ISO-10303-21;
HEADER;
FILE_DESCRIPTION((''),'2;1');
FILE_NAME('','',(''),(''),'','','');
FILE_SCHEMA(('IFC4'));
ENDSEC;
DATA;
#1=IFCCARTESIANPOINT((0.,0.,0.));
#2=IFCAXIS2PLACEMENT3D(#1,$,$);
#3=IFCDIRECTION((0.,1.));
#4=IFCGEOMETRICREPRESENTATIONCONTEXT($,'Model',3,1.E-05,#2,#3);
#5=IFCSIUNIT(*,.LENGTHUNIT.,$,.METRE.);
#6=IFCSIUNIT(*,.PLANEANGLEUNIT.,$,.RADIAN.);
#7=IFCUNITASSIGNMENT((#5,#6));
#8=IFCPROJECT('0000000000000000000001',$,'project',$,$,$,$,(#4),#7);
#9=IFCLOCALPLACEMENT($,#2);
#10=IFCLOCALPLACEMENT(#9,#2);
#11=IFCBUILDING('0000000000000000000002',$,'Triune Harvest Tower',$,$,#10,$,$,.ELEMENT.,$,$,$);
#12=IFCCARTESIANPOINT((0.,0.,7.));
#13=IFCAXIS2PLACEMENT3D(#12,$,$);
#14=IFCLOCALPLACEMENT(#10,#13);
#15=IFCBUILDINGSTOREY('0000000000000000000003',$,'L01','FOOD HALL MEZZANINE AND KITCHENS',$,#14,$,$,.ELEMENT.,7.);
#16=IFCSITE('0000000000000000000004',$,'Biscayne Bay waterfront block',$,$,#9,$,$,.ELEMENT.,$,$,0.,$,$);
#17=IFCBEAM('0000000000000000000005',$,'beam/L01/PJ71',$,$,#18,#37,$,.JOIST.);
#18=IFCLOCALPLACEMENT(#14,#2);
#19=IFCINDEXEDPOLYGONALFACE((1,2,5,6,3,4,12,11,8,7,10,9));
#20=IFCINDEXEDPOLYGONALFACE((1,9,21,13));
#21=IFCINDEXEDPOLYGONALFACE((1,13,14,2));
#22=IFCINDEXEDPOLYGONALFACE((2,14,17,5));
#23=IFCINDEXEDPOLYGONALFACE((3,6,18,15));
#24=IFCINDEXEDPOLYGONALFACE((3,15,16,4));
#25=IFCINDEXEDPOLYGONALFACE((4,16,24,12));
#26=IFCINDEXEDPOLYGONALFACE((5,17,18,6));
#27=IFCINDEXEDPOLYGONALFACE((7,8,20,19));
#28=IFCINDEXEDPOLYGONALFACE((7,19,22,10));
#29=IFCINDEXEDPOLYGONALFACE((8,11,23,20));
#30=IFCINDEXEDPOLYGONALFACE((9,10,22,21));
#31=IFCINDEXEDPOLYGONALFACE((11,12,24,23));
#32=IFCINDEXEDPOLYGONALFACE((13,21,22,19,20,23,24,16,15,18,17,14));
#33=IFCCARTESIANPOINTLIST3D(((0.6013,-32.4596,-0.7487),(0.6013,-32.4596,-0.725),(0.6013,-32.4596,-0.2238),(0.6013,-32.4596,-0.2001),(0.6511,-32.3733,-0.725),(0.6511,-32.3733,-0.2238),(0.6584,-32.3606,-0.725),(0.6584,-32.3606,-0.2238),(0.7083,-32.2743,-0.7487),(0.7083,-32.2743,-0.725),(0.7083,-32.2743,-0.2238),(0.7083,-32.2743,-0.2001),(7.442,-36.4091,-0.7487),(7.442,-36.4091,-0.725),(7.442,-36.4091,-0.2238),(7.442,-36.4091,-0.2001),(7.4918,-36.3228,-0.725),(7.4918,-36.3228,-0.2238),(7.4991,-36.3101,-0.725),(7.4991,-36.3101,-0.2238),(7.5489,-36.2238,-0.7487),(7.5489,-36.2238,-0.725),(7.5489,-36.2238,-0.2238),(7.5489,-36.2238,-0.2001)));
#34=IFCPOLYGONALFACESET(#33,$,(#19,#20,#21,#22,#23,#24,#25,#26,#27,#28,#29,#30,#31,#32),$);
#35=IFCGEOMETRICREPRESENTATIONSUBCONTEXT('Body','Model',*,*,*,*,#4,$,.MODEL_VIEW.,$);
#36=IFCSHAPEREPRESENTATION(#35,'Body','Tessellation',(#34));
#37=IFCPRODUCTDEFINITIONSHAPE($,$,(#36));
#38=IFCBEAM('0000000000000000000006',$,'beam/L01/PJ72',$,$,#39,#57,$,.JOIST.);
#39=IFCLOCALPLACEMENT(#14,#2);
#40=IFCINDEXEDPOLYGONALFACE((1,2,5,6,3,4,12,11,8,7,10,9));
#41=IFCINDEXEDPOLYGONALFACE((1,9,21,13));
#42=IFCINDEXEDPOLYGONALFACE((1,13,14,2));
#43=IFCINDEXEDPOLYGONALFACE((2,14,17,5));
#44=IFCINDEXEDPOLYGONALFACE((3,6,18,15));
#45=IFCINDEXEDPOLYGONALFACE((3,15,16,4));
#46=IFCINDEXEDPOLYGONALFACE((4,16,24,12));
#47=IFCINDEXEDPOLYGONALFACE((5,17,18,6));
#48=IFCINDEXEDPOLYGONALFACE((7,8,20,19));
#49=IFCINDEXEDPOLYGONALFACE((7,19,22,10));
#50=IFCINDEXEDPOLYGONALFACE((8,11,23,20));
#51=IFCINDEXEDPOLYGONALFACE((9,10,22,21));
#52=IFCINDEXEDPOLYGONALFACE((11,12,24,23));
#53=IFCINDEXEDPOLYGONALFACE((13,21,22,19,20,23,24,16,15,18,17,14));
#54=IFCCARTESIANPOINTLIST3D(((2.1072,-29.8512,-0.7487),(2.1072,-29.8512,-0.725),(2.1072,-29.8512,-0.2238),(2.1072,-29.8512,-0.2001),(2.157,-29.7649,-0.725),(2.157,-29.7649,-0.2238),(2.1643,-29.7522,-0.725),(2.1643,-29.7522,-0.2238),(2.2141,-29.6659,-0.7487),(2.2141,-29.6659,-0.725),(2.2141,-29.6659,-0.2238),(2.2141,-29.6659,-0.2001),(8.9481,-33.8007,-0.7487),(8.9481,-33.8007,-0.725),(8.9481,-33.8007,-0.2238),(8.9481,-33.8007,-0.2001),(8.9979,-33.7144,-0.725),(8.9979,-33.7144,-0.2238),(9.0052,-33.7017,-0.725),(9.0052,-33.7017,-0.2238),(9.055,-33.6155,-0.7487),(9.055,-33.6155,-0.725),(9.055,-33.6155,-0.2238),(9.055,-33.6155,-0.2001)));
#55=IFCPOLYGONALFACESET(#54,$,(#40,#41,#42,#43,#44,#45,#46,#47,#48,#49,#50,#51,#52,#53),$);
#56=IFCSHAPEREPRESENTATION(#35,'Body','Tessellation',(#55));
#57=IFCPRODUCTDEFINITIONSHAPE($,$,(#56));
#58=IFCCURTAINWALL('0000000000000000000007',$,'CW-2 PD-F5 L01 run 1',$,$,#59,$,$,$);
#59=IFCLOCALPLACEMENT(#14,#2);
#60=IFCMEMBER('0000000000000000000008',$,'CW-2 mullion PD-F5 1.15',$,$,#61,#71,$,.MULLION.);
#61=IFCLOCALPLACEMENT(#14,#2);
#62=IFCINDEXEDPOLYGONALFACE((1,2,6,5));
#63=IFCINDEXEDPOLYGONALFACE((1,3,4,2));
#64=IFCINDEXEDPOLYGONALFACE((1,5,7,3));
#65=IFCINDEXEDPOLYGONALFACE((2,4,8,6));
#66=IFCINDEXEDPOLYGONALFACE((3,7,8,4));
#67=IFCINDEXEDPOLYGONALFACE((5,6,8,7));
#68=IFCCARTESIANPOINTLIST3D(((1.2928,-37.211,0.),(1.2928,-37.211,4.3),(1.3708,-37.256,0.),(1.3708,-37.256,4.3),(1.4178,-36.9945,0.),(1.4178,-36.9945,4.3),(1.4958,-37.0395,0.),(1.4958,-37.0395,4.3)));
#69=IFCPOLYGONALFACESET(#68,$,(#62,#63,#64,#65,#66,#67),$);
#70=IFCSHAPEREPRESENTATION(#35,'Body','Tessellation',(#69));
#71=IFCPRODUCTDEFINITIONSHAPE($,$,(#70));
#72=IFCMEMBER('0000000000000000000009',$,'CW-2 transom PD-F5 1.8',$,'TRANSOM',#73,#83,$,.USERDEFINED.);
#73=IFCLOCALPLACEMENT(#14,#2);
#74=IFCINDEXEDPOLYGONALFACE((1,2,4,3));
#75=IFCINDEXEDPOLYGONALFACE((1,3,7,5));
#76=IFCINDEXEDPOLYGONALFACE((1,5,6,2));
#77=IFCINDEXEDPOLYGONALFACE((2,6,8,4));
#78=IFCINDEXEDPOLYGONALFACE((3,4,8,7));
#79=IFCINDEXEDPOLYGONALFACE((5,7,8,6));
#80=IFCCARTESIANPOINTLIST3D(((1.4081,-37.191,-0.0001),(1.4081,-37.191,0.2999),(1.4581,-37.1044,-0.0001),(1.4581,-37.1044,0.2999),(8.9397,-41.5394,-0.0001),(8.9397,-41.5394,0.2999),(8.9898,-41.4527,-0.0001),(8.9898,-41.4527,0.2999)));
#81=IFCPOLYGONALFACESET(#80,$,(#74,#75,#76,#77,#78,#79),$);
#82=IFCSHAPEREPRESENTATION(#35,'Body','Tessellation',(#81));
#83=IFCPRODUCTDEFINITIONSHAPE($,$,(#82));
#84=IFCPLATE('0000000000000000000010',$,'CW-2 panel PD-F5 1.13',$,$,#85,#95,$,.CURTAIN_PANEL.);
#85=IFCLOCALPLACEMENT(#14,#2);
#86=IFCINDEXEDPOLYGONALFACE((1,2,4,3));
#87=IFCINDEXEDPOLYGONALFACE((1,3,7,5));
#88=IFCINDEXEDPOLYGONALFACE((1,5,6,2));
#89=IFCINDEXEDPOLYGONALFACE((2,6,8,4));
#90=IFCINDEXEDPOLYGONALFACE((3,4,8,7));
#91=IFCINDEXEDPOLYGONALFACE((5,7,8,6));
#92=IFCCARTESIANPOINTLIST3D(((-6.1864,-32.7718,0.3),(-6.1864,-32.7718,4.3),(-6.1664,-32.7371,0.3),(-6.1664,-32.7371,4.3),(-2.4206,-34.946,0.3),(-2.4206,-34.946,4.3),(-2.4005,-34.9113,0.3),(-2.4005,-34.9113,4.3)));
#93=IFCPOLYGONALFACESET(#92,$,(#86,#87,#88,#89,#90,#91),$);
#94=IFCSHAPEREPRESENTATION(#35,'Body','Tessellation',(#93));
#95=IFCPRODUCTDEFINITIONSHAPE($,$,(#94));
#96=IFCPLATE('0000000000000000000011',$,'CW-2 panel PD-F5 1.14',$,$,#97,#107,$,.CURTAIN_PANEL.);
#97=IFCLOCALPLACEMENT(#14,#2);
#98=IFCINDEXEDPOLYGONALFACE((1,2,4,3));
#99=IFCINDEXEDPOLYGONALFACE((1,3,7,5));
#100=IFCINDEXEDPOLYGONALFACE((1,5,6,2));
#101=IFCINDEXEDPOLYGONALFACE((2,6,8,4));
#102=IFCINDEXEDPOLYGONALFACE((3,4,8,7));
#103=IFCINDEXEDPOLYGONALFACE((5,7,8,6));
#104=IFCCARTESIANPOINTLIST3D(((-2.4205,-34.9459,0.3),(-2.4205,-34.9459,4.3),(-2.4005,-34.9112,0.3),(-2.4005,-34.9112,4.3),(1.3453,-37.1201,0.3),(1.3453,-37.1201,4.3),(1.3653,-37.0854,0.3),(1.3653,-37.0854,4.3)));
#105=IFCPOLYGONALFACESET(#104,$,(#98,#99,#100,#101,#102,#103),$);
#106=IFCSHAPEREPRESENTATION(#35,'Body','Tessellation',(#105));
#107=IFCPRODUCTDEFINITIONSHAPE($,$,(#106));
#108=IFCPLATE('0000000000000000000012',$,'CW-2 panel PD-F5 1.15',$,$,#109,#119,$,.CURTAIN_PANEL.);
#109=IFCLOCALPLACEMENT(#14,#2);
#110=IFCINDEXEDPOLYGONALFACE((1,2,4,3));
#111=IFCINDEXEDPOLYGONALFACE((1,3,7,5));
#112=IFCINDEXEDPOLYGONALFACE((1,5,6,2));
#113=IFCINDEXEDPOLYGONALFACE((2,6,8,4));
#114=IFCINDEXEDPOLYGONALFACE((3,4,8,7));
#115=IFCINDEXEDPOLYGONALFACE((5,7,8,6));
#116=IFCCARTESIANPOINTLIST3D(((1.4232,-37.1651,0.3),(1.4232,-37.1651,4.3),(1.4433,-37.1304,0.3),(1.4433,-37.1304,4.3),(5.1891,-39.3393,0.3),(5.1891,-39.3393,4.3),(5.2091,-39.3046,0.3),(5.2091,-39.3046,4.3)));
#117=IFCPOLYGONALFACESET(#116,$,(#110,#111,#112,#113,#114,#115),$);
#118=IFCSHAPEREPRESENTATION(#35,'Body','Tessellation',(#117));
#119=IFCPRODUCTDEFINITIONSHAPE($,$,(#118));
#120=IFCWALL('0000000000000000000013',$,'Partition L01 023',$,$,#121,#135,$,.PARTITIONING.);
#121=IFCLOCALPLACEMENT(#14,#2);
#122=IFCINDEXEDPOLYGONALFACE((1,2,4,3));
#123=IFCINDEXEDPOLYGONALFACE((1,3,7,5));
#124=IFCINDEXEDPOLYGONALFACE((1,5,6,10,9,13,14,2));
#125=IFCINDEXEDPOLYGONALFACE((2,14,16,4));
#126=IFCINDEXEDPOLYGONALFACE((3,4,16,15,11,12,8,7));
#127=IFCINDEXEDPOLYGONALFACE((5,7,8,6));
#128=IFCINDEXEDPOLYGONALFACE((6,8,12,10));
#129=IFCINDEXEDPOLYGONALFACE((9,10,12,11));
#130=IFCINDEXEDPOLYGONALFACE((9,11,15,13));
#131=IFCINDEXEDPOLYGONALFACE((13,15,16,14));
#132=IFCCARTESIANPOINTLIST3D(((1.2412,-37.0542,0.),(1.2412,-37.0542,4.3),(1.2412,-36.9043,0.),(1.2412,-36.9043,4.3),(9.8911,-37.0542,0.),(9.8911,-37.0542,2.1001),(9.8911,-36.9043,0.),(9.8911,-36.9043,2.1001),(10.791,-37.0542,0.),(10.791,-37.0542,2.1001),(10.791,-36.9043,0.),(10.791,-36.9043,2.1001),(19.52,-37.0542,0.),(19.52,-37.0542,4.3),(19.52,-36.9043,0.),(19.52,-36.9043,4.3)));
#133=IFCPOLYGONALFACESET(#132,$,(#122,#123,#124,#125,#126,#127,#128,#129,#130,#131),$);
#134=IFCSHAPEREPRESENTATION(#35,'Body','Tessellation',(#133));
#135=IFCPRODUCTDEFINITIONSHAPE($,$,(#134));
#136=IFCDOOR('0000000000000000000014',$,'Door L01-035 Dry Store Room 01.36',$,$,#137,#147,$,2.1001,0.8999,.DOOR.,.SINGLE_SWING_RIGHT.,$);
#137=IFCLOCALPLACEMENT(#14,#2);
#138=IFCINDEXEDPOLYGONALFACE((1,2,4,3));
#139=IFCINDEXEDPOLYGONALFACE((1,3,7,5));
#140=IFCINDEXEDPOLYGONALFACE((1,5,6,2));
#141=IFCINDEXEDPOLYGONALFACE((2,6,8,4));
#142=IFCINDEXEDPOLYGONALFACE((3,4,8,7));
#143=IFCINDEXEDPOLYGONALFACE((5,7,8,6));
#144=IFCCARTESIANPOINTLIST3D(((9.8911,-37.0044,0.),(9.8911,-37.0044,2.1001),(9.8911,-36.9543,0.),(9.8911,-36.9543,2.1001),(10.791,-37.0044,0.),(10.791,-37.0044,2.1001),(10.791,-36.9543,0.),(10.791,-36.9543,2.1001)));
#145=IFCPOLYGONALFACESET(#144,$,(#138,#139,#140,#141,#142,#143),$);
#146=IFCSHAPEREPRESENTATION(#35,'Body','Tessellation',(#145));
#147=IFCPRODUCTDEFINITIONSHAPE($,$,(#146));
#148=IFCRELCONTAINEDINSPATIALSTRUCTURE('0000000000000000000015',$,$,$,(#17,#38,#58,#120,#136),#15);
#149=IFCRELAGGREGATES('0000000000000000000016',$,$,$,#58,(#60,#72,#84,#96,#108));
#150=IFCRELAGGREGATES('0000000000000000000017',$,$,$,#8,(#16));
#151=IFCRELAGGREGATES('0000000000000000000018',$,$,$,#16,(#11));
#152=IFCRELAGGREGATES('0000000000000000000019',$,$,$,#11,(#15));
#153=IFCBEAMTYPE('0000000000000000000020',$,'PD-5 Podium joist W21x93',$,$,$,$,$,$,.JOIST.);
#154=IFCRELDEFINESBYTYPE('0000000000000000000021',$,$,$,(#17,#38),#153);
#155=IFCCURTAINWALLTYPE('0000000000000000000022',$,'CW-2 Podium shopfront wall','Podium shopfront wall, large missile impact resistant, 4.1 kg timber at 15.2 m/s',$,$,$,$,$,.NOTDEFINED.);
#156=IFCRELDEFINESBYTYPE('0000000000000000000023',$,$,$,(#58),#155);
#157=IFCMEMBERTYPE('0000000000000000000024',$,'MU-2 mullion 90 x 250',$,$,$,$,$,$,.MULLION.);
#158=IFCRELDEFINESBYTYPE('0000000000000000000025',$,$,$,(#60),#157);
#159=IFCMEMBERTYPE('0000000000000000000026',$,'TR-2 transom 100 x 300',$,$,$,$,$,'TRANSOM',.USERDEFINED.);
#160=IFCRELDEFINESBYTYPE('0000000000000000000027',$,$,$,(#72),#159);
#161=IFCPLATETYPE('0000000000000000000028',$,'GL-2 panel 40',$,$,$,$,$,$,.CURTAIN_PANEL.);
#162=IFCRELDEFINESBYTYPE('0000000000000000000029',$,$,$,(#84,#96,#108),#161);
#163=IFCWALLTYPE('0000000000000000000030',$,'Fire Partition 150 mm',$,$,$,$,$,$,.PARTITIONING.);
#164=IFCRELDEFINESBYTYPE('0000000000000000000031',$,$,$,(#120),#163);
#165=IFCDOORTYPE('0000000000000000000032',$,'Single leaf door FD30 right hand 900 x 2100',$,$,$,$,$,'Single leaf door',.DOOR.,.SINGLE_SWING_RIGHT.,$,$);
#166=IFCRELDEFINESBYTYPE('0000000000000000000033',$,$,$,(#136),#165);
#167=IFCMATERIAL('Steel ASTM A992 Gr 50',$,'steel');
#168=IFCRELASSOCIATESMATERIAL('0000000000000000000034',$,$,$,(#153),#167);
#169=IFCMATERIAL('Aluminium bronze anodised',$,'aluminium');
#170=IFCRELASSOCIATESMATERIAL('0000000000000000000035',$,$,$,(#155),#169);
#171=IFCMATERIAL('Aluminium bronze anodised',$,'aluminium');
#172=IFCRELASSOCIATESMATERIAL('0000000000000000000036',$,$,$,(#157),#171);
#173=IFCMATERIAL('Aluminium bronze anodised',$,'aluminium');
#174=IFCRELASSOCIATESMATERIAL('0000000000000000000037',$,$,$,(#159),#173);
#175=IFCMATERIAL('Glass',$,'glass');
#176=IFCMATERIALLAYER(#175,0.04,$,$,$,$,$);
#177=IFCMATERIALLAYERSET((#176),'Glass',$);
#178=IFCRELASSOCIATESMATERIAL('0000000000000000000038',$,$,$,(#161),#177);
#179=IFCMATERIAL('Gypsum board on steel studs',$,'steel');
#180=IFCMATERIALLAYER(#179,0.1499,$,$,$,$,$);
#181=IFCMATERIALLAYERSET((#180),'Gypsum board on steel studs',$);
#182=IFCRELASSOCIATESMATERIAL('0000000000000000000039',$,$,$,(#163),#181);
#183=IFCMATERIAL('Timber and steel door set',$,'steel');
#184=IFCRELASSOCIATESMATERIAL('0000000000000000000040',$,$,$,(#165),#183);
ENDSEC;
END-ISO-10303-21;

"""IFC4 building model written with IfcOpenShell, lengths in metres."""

from ifc_helpers import new_model, si_unit, direction, frame, frame_2d, origin, origin_2d, place, context, subcontext, project, spatial, rectangle, i_section, extrude, source, transform, mapped, material, layer, layer_set, material_profile, profile_set, type_object, element, fill, aggregate, save


model = new_model("IFC4")

# Units and contexts
model_context = context("Model", 3, precision=1e-05, world=origin(), true_north=direction((0.0, 1.0)))
body_context = subcontext(model_context, "Body", "Model", "MODEL_VIEW")
ifc_project = project(units=[si_unit("LENGTHUNIT", "METRE"), si_unit("PLANEANGLEUNIT", "RADIAN")], contexts=[model_context])

# Site, building, storey
site_placement = place(None, origin())
site = spatial("IfcSite", under=ifc_project, at=site_placement, Name="Biscayne Bay waterfront block", CompositionType="ELEMENT", RefElevation=0.0)
building_placement = place(site_placement, origin())
building = spatial("IfcBuilding", under=site, at=building_placement, Name="Triune Harvest Tower", CompositionType="ELEMENT")
storey_placement = place(building_placement, frame((0.0, 0.0, 7.0)))
storey = spatial("IfcBuildingStorey", under=building, at=storey_placement, Name="L01", Description="FOOD HALL MEZZANINE AND KITCHENS", CompositionType="ELEMENT", Elevation=7.0)

# Beams
ifc_material_1 = material(Name="Steel ASTM A992 Gr 50", Category="steel")
ifc_material_profile_1 = material_profile(ifc_material_1, i_section(OverallWidth=0.2139, OverallDepth=0.5486, WebThickness=0.0146, FlangeThickness=0.0237, at=origin_2d()), Name="W21x93")
ifc_profile_set_1 = profile_set([ifc_material_profile_1], Name="Steel ASTM A992 Gr 50")
beam_type_1 = type_object("IfcBeamType", Name="PD-5 Podium joist W21x93", PredefinedType="JOIST", material=ifc_profile_set_1)
shared_shape_1 = source(origin(), body_context, "Body", "SweptSolid", [
    extrude(i_section(OverallWidth=0.2139, OverallDepth=0.5486, WebThickness=0.0146, FlangeThickness=0.0237, at=origin_2d()), origin(), (0.0, 0.0, 1.0), 7.8989),
])
beam_1_placement = place(storey_placement, frame((0.6548, -32.3669, -0.4744), z_axis=(0.866022, -0.500005, 0.0), x_axis=(0.500005, 0.866022, 0.0)))
element("IfcBeam", 1, at=beam_1_placement, inside=storey, type_object=beam_type_1, Name="beam/L01/PJ71", PredefinedType="JOIST", context=body_context, shape_type="MappedRepresentation", body=[
    mapped(shared_shape_1, transform((0.0, 0.0, 0.0), scale=1.0)),
])
shared_shape_2 = source(origin(), body_context, "Body", "SweptSolid", [
    extrude(i_section(OverallWidth=0.2139, OverallDepth=0.5486, WebThickness=0.0146, FlangeThickness=0.0237, at=origin_2d()), origin(), (0.0, 0.0, 1.0), 7.8992),
])
beam_2_placement = place(storey_placement, frame((2.1606, -29.7585, -0.4744), z_axis=(0.86603, -0.499992, 0.0), x_axis=(0.499992, 0.86603, 0.0)))
element("IfcBeam", 2, at=beam_2_placement, inside=storey, type_object=beam_type_1, Name="beam/L01/PJ72", PredefinedType="JOIST", context=body_context, shape_type="MappedRepresentation", body=[
    mapped(shared_shape_2, transform((0.0, 0.0, 0.0), scale=1.0)),
])

# Curtain wall, members, plates
ifc_material_2 = material(Name="Aluminium bronze anodised", Category="aluminium")
curtain_wall_type = type_object("IfcCurtainWallType", Name="CW-2 Podium shopfront wall", Description="Podium shopfront wall, large missile impact resistant, 4.1 kg timber at 15.2 m/s", PredefinedType="NOTDEFINED", material=ifc_material_2)
curtain_wall_placement = place(storey_placement, origin())
curtain_wall = element("IfcCurtainWall", 3, at=curtain_wall_placement, inside=storey, type_object=curtain_wall_type, Name="CW-2 PD-F5 L01 run 1")
ifc_material_3 = material(Name="Aluminium bronze anodised", Category="aluminium")
ifc_material_profile_2 = material_profile(ifc_material_3, rectangle(XDim=0.25, YDim=0.0901, at=origin_2d()), Name="MU-2 mullion 90 x 250")
ifc_profile_set_2 = profile_set([ifc_material_profile_2], Name="Aluminium bronze anodised")
member_type_1 = type_object("IfcMemberType", Name="MU-2 mullion 90 x 250", PredefinedType="MULLION", material=ifc_profile_set_2)
shared_shape_3 = source(origin(), body_context, "Body", "SweptSolid", [
    extrude(rectangle(XDim=0.25, YDim=0.0901, at=origin_2d()), origin(), (0.0, 0.0, 1.0), 4.3),
])
member_1_placement = place(storey_placement, frame((1.3943, -37.1252, 0.0), z_axis=(0.0, 0.0, 1.0), x_axis=(0.5, 0.866025, 0.0)))
member_1 = element("IfcMember", 4, at=member_1_placement, type_object=member_type_1, Name="CW-2 mullion PD-F5 1.15", PredefinedType="MULLION", context=body_context, shape_type="MappedRepresentation", body=[
    mapped(shared_shape_3, transform((0.0, 0.0, 0.0), scale=1.0)),
])
ifc_material_4 = material(Name="Aluminium bronze anodised", Category="aluminium")
ifc_material_profile_3 = material_profile(ifc_material_4, rectangle(XDim=0.1001, YDim=0.3, at=origin_2d()), Name="TR-2 transom 100 x 300")
ifc_profile_set_3 = profile_set([ifc_material_profile_3], Name="Aluminium bronze anodised")
member_type_2 = type_object("IfcMemberType", Name="TR-2 transom 100 x 300", ElementType="TRANSOM", PredefinedType="USERDEFINED", material=ifc_profile_set_3)
shared_shape_4 = source(origin(), body_context, "Body", "SweptSolid", [
    extrude(rectangle(XDim=0.1001, YDim=0.3, at=origin_2d()), origin(), (0.0, 0.0, 1.0), 8.6968),
])
member_2_placement = place(storey_placement, frame((1.4331, -37.1477, 0.1499), z_axis=(0.866029, -0.499995, 0.0), x_axis=(0.499995, 0.866029, 0.0)))
member_2 = element("IfcMember", 5, at=member_2_placement, type_object=member_type_2, Name="CW-2 transom PD-F5 1.8", ObjectType="TRANSOM", PredefinedType="USERDEFINED", context=body_context, shape_type="MappedRepresentation", body=[
    mapped(shared_shape_4, transform((0.0, 0.0, 0.0), scale=1.0)),
])
ifc_material_5 = material(Name="Glass", Category="glass")
ifc_layer_1 = layer(ifc_material_5, 0.04)
ifc_layer_set_1 = layer_set([ifc_layer_1], Name="Glass")
plate_type = type_object("IfcPlateType", Name="GL-2 panel 40", PredefinedType="CURTAIN_PANEL", material=ifc_layer_set_1)
shared_shape_5 = source(origin(), body_context, "Body", "SweptSolid", [
    extrude(rectangle(XDim=4.3484, YDim=0.04, at=origin_2d()), origin(), (0.0, 0.0, 1.0), 4.0),
])
plate_1_placement = place(storey_placement, frame((-4.2935, -33.8416, 0.3), z_axis=(0.0, 0.0, 1.0), x_axis=(0.866025, -0.5, 0.0)))
plate_1 = element("IfcPlate", 6, at=plate_1_placement, type_object=plate_type, Name="CW-2 panel PD-F5 1.13", PredefinedType="CURTAIN_PANEL", context=body_context, shape_type="MappedRepresentation", body=[
    mapped(shared_shape_5, transform((0.0, 0.0, 0.0), scale=1.0)),
])
plate_2_placement = place(storey_placement, frame((-0.5276, -36.0156, 0.3), z_axis=(0.0, 0.0, 1.0), x_axis=(0.866025, -0.5, 0.0)))
plate_2 = element("IfcPlate", 7, at=plate_2_placement, type_object=plate_type, Name="CW-2 panel PD-F5 1.14", PredefinedType="CURTAIN_PANEL", context=body_context, shape_type="MappedRepresentation", body=[
    mapped(shared_shape_5, transform((0.0, 0.0, 0.0), scale=1.0)),
])
plate_3_placement = place(storey_placement, frame((3.3162, -38.2349, 0.3), z_axis=(0.0, 0.0, 1.0), x_axis=(0.866025, -0.5, 0.0)))
plate_3 = element("IfcPlate", 8, at=plate_3_placement, type_object=plate_type, Name="CW-2 panel PD-F5 1.15", PredefinedType="CURTAIN_PANEL", context=body_context, shape_type="MappedRepresentation", body=[
    mapped(shared_shape_5, transform((0.0, 0.0, 0.0), scale=1.0)),
])
aggregate(curtain_wall, [member_1, member_2, plate_1, plate_2, plate_3])

# Wall, opening, door
ifc_material_6 = material(Name="Gypsum board on steel studs", Category="steel")
ifc_layer_2 = layer(ifc_material_6, 0.1499)
ifc_layer_set_2 = layer_set([ifc_layer_2], Name="Gypsum board on steel studs")
wall_type_1 = type_object("IfcWallType", Name="Fire Partition 150 mm", PredefinedType="PARTITIONING", material=ifc_layer_set_2)
wall_1_placement = place(storey_placement, frame((1.2412, -36.9792, 0.0), z_axis=(0.0, 0.0, 1.0), x_axis=(1.0, 0.0, 0.0)))
wall_1 = element("IfcWall", 9, at=wall_1_placement, inside=storey, type_object=wall_type_1, Name="Partition L01 023", PredefinedType="PARTITIONING", context=body_context, shape_type="SweptSolid", body=[
    extrude(rectangle(XDim=18.2788, YDim=0.1499, at=frame_2d((9.1394, 0.0))), origin(), (0.0, 0.0, 1.0), 4.3),
])
opening_1_placement = place(wall_1_placement, frame((8.6499, 0.0, 0.0)))
opening_1 = element("IfcOpeningElement", 10, at=opening_1_placement, cuts=wall_1, PredefinedType="OPENING", context=body_context, shape_type="SweptSolid", body=[
    extrude(rectangle(XDim=0.8999, YDim=2.1001, at=frame_2d((0.45, 1.05))), frame((0.0, 0.085, 0.0), z_axis=(0.0, -1.0, 0.0), x_axis=(1.0, 0.0, 0.0)), (0.0, 0.0, 1.0), 0.1699),
])
ifc_material_7 = material(Name="Timber and steel door set", Category="steel")
door_type = type_object("IfcDoorType", Name="Single leaf door FD30 right hand 900 x 2100", ElementType="Single leaf door", OperationType="SINGLE_SWING_RIGHT", PredefinedType="DOOR", material=ifc_material_7)
door_1_placement = place(opening_1_placement, origin())
door_1 = element("IfcDoor", 11, at=door_1_placement, inside=storey, type_object=door_type, Name="Door L01-035 Dry Store Room 01.36", OperationType="SINGLE_SWING_RIGHT", OverallHeight=2.1001, OverallWidth=0.8999, PredefinedType="DOOR", context=body_context, shape_type="SweptSolid", body=[
    extrude(rectangle(XDim=0.8999, YDim=2.1001, at=frame_2d((0.45, 1.05))), frame((0.0, 0.0249, 0.0), z_axis=(0.0, -1.0, 0.0), x_axis=(1.0, 0.0, 0.0)), (0.0, 0.0, 1.0), 0.05),
])
fill(opening_1, door_1)

save(model, "model.ifc")
